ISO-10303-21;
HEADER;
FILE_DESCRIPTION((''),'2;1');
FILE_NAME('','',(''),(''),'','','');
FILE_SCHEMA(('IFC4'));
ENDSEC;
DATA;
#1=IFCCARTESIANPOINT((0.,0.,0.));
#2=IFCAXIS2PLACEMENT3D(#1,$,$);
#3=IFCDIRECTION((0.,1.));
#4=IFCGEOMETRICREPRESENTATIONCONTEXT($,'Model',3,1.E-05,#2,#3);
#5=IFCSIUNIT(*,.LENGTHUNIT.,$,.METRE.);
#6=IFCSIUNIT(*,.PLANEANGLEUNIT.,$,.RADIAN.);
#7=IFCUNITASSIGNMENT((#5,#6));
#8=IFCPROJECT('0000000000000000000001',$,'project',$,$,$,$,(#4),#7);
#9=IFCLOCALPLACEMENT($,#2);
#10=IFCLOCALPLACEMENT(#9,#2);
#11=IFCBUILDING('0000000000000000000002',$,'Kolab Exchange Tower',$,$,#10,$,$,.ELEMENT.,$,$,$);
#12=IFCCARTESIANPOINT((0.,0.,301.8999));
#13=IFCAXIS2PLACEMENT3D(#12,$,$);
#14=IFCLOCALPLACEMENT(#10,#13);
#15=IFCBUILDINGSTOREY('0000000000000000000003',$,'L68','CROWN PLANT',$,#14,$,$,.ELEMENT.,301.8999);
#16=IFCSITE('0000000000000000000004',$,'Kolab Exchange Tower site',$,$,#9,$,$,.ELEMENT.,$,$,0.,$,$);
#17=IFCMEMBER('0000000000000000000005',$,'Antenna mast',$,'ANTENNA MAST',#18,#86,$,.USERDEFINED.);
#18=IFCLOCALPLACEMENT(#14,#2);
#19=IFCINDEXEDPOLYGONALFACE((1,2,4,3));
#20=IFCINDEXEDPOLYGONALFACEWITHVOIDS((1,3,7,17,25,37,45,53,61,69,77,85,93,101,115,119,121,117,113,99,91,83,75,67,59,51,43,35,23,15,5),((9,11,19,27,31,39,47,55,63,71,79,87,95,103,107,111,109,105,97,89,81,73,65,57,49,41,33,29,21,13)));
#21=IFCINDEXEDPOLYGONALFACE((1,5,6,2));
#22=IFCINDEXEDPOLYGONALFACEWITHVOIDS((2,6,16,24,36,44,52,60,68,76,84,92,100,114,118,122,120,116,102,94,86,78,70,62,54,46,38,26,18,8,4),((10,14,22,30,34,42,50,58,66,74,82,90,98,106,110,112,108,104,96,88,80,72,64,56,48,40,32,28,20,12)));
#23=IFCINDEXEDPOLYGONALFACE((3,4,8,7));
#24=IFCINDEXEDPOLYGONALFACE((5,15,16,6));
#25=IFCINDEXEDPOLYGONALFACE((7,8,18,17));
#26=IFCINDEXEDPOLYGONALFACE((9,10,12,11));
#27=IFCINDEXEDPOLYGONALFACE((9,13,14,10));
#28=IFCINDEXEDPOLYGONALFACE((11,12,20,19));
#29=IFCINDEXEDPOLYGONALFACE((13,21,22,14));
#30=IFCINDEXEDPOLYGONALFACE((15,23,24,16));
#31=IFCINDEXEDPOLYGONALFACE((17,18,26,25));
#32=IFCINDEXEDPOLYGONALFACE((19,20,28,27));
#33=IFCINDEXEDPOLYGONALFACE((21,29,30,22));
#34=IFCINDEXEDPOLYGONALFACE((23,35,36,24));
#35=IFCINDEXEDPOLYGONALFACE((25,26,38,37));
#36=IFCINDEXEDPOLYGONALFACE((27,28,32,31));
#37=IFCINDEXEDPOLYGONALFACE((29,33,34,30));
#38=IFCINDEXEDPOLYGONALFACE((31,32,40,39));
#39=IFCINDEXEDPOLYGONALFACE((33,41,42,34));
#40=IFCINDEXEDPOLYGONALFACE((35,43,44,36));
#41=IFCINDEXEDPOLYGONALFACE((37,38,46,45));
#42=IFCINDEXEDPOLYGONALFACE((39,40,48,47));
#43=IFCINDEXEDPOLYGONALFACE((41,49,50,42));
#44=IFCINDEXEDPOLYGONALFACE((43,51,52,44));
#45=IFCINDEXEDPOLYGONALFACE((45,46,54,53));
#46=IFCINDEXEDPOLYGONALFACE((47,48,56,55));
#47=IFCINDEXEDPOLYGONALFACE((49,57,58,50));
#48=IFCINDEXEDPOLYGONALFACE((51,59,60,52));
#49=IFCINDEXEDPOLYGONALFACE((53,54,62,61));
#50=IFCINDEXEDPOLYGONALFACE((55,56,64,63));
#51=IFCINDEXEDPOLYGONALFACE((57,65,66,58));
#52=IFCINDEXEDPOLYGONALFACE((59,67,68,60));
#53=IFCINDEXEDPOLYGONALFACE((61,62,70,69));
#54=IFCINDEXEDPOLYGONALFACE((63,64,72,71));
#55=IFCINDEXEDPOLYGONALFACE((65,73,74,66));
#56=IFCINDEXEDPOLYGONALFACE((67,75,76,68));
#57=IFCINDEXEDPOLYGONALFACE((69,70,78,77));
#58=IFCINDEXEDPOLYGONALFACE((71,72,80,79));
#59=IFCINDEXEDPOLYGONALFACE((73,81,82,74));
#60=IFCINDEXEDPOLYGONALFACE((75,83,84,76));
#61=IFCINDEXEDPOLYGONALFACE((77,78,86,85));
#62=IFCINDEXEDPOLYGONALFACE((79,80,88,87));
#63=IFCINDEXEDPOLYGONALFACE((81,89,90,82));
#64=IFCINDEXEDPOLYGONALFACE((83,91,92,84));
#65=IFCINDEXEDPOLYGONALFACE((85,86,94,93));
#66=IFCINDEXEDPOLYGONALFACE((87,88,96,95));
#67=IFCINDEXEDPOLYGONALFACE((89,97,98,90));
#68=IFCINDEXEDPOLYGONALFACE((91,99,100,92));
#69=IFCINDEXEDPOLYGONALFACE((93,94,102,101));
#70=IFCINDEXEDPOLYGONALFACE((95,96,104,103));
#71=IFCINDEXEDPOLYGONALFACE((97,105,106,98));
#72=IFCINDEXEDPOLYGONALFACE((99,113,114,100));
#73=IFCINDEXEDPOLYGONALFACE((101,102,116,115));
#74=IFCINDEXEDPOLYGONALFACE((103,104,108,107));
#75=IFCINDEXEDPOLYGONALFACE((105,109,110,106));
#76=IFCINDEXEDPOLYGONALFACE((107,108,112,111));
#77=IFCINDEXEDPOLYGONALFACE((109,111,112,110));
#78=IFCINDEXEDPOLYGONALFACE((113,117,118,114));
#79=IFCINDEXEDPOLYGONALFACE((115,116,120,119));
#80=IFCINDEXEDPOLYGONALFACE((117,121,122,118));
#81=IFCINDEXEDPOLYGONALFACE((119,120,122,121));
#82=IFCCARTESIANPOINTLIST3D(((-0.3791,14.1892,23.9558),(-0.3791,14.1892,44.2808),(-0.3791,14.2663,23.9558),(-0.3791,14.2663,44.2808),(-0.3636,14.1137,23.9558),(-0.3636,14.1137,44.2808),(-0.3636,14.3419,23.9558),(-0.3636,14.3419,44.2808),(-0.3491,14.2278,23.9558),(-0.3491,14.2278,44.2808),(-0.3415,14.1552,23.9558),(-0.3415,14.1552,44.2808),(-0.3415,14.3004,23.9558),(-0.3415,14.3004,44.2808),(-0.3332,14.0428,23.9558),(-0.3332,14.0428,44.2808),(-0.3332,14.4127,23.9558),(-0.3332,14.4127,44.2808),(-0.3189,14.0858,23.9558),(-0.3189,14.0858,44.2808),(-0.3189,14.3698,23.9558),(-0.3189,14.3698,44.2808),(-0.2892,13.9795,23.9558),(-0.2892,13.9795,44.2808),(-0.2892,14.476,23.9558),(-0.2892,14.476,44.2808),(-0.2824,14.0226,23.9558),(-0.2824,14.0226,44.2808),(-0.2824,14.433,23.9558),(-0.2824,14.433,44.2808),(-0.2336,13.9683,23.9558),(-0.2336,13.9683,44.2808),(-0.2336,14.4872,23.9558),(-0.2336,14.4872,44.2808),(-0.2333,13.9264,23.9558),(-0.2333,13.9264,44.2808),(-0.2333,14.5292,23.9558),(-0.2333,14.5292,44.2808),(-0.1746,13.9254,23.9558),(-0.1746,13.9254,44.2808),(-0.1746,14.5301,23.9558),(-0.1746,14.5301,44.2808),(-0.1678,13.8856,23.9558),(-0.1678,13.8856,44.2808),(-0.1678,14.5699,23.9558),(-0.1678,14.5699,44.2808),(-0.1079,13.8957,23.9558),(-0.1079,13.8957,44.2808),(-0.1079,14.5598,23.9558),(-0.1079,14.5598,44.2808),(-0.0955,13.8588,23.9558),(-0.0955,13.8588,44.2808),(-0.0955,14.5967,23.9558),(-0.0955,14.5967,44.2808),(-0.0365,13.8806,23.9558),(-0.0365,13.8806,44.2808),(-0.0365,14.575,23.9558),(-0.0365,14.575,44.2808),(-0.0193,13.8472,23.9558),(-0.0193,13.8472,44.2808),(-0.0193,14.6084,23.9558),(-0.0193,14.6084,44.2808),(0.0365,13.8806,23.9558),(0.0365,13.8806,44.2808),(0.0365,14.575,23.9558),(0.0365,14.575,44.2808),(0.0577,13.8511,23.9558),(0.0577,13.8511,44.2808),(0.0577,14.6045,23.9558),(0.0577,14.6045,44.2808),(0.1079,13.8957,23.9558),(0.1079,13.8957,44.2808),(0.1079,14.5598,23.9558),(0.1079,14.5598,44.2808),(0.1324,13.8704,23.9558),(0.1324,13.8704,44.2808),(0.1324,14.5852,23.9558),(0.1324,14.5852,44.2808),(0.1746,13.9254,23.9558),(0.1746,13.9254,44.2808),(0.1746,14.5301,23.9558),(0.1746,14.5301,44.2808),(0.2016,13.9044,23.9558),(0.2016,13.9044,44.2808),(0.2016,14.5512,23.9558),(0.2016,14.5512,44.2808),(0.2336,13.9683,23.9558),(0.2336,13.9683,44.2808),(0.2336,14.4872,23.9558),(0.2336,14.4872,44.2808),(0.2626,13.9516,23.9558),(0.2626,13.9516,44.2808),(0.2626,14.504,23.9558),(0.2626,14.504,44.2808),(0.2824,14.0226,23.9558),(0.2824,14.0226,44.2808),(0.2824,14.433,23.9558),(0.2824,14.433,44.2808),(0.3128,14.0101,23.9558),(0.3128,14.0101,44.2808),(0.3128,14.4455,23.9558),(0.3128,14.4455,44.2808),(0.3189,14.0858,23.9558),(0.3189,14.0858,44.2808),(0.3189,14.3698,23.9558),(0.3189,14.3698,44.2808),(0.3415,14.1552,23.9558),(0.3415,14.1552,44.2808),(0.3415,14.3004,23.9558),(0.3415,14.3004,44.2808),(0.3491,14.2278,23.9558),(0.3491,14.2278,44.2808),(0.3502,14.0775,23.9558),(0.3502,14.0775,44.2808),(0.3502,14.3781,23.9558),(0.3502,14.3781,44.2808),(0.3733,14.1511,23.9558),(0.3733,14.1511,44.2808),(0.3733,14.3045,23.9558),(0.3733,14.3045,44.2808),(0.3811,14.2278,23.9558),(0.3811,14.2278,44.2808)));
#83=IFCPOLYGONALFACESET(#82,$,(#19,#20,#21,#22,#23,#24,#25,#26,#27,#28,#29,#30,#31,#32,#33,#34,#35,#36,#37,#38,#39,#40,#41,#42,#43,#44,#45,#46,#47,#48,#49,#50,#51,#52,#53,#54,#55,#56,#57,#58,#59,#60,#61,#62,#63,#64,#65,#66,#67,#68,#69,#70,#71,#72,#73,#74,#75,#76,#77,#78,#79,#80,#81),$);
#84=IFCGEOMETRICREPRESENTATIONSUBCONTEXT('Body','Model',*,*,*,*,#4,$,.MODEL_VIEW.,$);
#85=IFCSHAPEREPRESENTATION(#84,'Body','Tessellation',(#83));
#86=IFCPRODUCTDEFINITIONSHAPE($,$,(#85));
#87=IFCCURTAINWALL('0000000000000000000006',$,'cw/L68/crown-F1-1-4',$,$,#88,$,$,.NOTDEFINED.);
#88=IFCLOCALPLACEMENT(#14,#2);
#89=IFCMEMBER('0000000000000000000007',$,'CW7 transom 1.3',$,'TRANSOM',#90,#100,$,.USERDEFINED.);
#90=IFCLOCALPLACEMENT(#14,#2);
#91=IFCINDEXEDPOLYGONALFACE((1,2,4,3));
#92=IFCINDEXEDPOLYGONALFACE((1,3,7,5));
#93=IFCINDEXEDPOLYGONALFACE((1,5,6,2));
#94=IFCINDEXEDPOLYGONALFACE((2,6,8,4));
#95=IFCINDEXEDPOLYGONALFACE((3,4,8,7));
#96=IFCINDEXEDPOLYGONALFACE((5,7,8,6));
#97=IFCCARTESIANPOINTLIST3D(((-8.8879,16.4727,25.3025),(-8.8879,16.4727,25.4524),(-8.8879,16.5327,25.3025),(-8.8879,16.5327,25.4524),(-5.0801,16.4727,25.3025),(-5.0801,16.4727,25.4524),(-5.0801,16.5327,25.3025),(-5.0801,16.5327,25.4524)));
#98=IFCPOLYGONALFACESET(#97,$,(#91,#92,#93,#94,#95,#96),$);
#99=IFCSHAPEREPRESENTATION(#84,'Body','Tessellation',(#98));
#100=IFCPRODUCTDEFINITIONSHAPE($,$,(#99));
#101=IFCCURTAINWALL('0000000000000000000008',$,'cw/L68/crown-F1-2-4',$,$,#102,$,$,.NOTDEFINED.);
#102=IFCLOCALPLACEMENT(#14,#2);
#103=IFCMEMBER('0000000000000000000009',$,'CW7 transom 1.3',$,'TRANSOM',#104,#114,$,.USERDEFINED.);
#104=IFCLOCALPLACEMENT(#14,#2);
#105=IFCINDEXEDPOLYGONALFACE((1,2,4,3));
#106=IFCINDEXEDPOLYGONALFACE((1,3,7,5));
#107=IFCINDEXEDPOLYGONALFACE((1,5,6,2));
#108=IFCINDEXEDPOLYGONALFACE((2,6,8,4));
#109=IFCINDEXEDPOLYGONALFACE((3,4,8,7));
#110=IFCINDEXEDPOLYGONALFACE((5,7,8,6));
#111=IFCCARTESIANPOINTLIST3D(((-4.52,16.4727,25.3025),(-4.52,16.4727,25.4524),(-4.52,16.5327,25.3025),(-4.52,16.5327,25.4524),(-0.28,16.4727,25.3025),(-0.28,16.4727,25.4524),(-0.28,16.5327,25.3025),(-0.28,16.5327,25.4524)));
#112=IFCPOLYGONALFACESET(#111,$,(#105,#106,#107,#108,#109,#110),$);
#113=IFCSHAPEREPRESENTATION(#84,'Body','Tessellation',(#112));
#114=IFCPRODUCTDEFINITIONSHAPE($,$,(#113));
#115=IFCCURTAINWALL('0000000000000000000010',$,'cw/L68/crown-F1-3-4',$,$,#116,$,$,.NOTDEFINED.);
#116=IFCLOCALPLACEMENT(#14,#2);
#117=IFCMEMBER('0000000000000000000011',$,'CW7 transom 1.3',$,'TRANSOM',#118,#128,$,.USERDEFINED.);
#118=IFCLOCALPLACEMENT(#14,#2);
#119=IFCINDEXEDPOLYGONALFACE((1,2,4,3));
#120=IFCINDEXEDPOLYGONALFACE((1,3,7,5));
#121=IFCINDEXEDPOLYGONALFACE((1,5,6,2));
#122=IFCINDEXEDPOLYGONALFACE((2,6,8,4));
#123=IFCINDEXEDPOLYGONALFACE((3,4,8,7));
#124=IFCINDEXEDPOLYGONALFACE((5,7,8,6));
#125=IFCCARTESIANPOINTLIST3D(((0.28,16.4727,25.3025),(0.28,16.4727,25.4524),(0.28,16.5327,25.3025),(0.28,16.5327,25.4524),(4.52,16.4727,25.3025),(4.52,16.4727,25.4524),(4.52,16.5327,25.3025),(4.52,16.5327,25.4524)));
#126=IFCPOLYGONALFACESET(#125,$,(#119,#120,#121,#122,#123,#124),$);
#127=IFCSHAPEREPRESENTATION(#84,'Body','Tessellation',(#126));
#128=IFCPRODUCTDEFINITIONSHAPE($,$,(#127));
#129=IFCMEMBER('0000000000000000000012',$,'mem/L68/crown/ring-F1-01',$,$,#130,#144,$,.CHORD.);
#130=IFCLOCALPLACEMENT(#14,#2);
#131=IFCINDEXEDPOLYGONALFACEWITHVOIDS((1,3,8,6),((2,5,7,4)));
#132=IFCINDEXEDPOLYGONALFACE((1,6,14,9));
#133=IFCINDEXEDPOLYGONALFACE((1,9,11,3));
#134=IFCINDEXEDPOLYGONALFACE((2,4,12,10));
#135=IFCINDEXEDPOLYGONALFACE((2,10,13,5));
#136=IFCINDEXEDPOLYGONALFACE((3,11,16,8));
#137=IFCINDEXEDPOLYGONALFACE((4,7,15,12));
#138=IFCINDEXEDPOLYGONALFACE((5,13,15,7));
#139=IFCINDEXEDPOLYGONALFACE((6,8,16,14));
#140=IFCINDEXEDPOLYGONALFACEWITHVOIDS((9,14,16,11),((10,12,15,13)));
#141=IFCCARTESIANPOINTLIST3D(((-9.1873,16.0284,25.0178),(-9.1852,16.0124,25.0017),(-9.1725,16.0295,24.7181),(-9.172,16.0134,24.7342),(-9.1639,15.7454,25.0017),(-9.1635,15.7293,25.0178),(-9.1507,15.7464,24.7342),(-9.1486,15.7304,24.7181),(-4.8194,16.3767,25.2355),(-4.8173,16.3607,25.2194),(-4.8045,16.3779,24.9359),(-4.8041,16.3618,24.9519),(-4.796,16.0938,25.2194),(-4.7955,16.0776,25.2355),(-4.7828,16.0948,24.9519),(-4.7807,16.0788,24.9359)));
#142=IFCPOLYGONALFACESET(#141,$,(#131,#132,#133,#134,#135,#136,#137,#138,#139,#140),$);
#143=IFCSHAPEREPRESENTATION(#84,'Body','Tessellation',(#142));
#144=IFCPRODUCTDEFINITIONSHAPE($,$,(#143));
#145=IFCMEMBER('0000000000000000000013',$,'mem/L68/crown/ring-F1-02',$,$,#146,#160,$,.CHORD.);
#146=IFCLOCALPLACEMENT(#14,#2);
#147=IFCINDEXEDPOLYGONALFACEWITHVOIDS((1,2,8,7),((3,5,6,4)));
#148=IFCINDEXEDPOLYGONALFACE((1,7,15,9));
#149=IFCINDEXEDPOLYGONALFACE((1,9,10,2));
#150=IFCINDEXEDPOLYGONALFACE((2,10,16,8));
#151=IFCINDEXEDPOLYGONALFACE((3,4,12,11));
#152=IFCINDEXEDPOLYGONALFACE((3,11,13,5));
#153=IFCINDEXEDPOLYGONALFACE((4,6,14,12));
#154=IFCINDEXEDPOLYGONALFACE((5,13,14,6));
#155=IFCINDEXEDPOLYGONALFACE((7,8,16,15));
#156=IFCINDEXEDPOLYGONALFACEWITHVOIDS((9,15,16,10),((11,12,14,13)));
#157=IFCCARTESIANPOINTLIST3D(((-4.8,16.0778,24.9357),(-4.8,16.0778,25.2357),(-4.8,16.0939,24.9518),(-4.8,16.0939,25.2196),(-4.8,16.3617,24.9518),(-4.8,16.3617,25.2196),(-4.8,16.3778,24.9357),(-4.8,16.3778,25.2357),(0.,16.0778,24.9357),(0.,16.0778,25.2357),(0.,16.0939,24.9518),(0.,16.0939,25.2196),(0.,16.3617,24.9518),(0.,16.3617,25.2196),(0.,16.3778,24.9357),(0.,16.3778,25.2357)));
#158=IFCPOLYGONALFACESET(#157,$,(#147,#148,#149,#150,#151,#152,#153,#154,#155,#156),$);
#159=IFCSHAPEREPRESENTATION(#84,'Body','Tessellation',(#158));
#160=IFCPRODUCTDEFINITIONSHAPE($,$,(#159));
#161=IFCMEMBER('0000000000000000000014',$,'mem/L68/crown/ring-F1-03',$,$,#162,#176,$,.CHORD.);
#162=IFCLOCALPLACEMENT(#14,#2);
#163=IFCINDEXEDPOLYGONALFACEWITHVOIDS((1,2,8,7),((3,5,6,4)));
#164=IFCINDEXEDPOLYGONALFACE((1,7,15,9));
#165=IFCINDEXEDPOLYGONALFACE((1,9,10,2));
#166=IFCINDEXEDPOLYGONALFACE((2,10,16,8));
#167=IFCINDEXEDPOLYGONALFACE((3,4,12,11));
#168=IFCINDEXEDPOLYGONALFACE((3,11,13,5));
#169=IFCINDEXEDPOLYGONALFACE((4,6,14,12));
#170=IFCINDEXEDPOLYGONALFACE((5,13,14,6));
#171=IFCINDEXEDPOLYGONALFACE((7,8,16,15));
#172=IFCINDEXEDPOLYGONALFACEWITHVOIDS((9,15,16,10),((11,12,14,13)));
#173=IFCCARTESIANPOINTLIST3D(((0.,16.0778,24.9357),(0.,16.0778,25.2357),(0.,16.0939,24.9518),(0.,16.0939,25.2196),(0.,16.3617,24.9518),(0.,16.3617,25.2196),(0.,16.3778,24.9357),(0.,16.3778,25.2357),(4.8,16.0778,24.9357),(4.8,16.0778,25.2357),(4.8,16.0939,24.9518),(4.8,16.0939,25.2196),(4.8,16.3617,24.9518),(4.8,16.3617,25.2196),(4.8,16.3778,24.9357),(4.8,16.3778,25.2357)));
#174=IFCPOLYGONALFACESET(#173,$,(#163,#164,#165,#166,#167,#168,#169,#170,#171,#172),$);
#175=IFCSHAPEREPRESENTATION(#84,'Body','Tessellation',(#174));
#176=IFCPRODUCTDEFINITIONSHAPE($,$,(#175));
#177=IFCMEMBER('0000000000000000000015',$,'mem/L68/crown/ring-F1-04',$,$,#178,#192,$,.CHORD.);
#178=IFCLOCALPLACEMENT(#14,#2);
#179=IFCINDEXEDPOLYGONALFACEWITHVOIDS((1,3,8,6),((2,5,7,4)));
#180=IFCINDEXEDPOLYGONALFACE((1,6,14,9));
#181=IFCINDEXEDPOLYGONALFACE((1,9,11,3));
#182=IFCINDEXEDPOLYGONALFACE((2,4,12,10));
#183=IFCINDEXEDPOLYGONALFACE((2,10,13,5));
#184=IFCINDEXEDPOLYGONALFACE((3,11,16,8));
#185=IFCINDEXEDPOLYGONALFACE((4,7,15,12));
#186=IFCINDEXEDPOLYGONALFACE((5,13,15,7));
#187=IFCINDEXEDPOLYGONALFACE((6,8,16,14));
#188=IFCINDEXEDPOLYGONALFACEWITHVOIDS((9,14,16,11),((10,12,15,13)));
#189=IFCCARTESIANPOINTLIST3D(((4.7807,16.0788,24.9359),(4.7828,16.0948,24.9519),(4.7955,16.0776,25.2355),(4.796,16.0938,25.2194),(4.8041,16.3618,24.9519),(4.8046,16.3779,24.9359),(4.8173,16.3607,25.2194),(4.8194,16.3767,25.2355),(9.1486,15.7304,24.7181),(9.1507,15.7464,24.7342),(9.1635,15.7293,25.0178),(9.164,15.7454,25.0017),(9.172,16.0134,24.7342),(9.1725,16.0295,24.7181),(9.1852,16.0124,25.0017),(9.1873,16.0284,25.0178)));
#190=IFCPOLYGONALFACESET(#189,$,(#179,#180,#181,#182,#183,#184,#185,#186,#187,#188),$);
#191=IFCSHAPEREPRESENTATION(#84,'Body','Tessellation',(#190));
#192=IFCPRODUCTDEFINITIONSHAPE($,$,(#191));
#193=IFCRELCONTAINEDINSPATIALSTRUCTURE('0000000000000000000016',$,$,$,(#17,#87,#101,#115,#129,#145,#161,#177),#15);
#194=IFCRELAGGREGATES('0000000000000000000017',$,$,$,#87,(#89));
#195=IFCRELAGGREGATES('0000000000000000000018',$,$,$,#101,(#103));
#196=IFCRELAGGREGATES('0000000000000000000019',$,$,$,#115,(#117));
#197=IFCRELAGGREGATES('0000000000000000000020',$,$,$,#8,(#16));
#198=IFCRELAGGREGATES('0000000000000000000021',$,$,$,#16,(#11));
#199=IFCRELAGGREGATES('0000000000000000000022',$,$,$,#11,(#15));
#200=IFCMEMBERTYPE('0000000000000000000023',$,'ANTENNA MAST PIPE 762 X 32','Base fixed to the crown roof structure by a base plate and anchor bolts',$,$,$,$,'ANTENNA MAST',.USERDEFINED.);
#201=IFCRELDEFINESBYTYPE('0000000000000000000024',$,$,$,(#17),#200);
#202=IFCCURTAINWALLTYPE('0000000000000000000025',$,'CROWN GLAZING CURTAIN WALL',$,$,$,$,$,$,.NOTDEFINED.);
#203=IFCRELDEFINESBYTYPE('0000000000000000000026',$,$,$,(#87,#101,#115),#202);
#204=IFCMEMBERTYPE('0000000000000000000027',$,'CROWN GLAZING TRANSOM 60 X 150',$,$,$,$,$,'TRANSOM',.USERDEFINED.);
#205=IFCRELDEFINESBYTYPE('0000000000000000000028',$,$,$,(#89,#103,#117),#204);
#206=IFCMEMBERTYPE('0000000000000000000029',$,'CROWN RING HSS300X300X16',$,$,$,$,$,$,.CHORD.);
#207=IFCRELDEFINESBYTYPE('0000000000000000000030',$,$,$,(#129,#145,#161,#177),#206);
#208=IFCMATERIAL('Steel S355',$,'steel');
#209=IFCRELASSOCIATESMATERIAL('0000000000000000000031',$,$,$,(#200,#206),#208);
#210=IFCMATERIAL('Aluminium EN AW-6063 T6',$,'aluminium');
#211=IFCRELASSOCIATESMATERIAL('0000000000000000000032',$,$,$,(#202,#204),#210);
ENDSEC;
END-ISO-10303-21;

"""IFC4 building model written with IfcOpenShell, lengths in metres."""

from ifc_helpers import new_model, si_unit, direction, frame, origin, origin_2d, place, context, subcontext, project, spatial, rectangle, hollow_rectangle, hollow_circle, extrude, material, material_profile, profile_set, type_object, element, aggregate, save


model = new_model("IFC4")

# Units and contexts
model_context = context("Model", 3, precision=1e-05, world=origin(), true_north=direction((0.0, 1.0)))
body_context = subcontext(model_context, "Body", "Model", "MODEL_VIEW")
ifc_project = project(units=[si_unit("LENGTHUNIT", "METRE"), si_unit("PLANEANGLEUNIT", "RADIAN")], contexts=[model_context])

# Site, building, storey
site_placement = place(None, origin())
site = spatial("IfcSite", under=ifc_project, at=site_placement, Name="Kolab Exchange Tower site", CompositionType="ELEMENT", RefElevation=0.0)
building_placement = place(site_placement, origin())
building = spatial("IfcBuilding", under=site, at=building_placement, Name="Kolab Exchange Tower", CompositionType="ELEMENT")
storey_placement = place(building_placement, frame((0.0, 0.0, 301.8999)))
storey = spatial("IfcBuildingStorey", under=building, at=storey_placement, Name="L68", Description="CROWN PLANT", CompositionType="ELEMENT", Elevation=301.8999)

# Member
ifc_material_1 = material(Name="Steel S355", Category="steel")
ifc_material_profile_1 = material_profile(ifc_material_1, hollow_circle(Radius=0.3811, WallThickness=0.032, at=origin_2d()), Name="PIPE762X32")
ifc_profile_set_1 = profile_set([ifc_material_profile_1], Name="Steel S355")
member_type_1 = type_object("IfcMemberType", Name="ANTENNA MAST PIPE 762 X 32", Description="Base fixed to the crown roof structure by a base plate and anchor bolts", ElementType="ANTENNA MAST", PredefinedType="USERDEFINED", material=ifc_profile_set_1)
member_1_placement = place(storey_placement, frame((0.0, 14.2278, 23.9558), z_axis=(0.0, 0.0, 1.0), x_axis=(1.0, 0.0, 0.0)))
element("IfcMember", 1, at=member_1_placement, inside=storey, type_object=member_type_1, Name="Antenna mast", ObjectType="ANTENNA MAST", PredefinedType="USERDEFINED", context=body_context, shape_type="SweptSolid", body=[
    extrude(hollow_circle(Radius=0.3811, WallThickness=0.032, at=origin_2d()), origin(), (0.0, 0.0, 1.0), 20.325),
])

# Curtain walls, members
ifc_material_2 = material(Name="Aluminium EN AW-6063 T6", Category="aluminium")
curtain_wall_type = type_object("IfcCurtainWallType", Name="CROWN GLAZING CURTAIN WALL", PredefinedType="NOTDEFINED", material=ifc_material_2)
curtain_wall_1_placement = place(storey_placement, origin())
curtain_wall_1 = element("IfcCurtainWall", 2, at=curtain_wall_1_placement, inside=storey, type_object=curtain_wall_type, Name="cw/L68/crown-F1-1-4", PredefinedType="NOTDEFINED")
ifc_material_profile_2 = material_profile(ifc_material_2, rectangle(XDim=0.0601, YDim=0.1499, at=origin_2d()), Name="RECT 60X150")
ifc_profile_set_2 = profile_set([ifc_material_profile_2], Name="Aluminium EN AW-6063 T6")
member_type_2 = type_object("IfcMemberType", Name="CROWN GLAZING TRANSOM 60 X 150", ElementType="TRANSOM", PredefinedType="USERDEFINED", material=ifc_profile_set_2)
member_2_placement = place(storey_placement, frame((-8.8879, 16.5027, 25.3774), z_axis=(1.0, 0.0, 0.0), x_axis=(0.0, 1.0, 0.0)))
member_2 = element("IfcMember", 3, at=member_2_placement, type_object=member_type_2, Name="CW7 transom 1.3", ObjectType="TRANSOM", PredefinedType="USERDEFINED", context=body_context, shape_type="SweptSolid", body=[
    extrude(rectangle(XDim=0.0601, YDim=0.1499, at=origin_2d()), origin(), (0.0, 0.0, 1.0), 3.8079),
])
aggregate(curtain_wall_1, [member_2])
curtain_wall_2_placement = place(storey_placement, origin())
curtain_wall_2 = element("IfcCurtainWall", 4, at=curtain_wall_2_placement, inside=storey, type_object=curtain_wall_type, Name="cw/L68/crown-F1-2-4", PredefinedType="NOTDEFINED")
member_3_placement = place(storey_placement, frame((-4.52, 16.5027, 25.3774), z_axis=(1.0, 0.0, 0.0), x_axis=(0.0, 1.0, 0.0)))
member_3 = element("IfcMember", 5, at=member_3_placement, type_object=member_type_2, Name="CW7 transom 1.3", ObjectType="TRANSOM", PredefinedType="USERDEFINED", context=body_context, shape_type="SweptSolid", body=[
    extrude(rectangle(XDim=0.0601, YDim=0.1499, at=origin_2d()), origin(), (0.0, 0.0, 1.0), 4.24),
])
aggregate(curtain_wall_2, [member_3])
curtain_wall_3_placement = place(storey_placement, origin())
curtain_wall_3 = element("IfcCurtainWall", 6, at=curtain_wall_3_placement, inside=storey, type_object=curtain_wall_type, Name="cw/L68/crown-F1-3-4", PredefinedType="NOTDEFINED")
member_4_placement = place(storey_placement, frame((0.28, 16.5027, 25.3774), z_axis=(1.0, 0.0, 0.0), x_axis=(0.0, 1.0, 0.0)))
member_4 = element("IfcMember", 7, at=member_4_placement, type_object=member_type_2, Name="CW7 transom 1.3", ObjectType="TRANSOM", PredefinedType="USERDEFINED", context=body_context, shape_type="SweptSolid", body=[
    extrude(rectangle(XDim=0.0601, YDim=0.1499, at=origin_2d()), origin(), (0.0, 0.0, 1.0), 4.24),
])

# Members
ifc_material_profile_3 = material_profile(ifc_material_1, hollow_rectangle(XDim=0.3, YDim=0.3, WallThickness=0.0161, at=origin_2d()), Name="HSS300X300X16")
ifc_profile_set_3 = profile_set([ifc_material_profile_3], Name="Steel S355")
member_type_3 = type_object("IfcMemberType", Name="CROWN RING HSS300X300X16", PredefinedType="CHORD", material=ifc_profile_set_3)
member_5_placement = place(storey_placement, frame((-9.168, 15.8794, 24.8679), z_axis=(0.995605, 0.07941, 0.049638), x_axis=(-0.079508, 0.996834, 0.0)))
element("IfcMember", 8, at=member_5_placement, inside=storey, type_object=member_type_3, Name="mem/L68/crown/ring-F1-01", PredefinedType="CHORD", context=body_context, shape_type="SweptSolid", body=[
    extrude(hollow_rectangle(XDim=0.3, YDim=0.3, WallThickness=0.0161, at=origin_2d()), origin(), (0.0, 0.0, 1.0), 4.3872),
])
for number, where, z_axis, x_axis, name in (
    (9, (-4.8, 16.2278, 25.0857), (1.0, 0.0, 0.0), (0.0, 1.0, 0.0), "mem/L68/crown/ring-F1-02"),
    (10, (0.0, 16.2278, 25.0857), (1.0, 0.0, 0.0), (0.0, 1.0, 0.0), "mem/L68/crown/ring-F1-03"),
):
    element("IfcMember", number, at=place(storey_placement, frame(where, z_axis=z_axis, x_axis=x_axis)), inside=storey, type_object=member_type_3, Name=name, PredefinedType="CHORD", context=body_context, shape_type="SweptSolid", body=[
        extrude(hollow_rectangle(XDim=0.3, YDim=0.3, WallThickness=0.0161, at=origin_2d()), origin(), (0.0, 0.0, 1.0), 4.8),
    ])
member_6_placement = place(storey_placement, frame((4.8, 16.2278, 25.0857), z_axis=(0.995605, -0.07941, -0.049638), x_axis=(0.079508, 0.996834, 0.0)))
element("IfcMember", 11, at=member_6_placement, inside=storey, type_object=member_type_3, Name="mem/L68/crown/ring-F1-04", PredefinedType="CHORD", context=body_context, shape_type="SweptSolid", body=[
    extrude(hollow_rectangle(XDim=0.3, YDim=0.3, WallThickness=0.0161, at=origin_2d()), origin(), (0.0, 0.0, 1.0), 4.3872),
])

aggregate(curtain_wall_3, [member_4])

save(model, "model.ifc")
